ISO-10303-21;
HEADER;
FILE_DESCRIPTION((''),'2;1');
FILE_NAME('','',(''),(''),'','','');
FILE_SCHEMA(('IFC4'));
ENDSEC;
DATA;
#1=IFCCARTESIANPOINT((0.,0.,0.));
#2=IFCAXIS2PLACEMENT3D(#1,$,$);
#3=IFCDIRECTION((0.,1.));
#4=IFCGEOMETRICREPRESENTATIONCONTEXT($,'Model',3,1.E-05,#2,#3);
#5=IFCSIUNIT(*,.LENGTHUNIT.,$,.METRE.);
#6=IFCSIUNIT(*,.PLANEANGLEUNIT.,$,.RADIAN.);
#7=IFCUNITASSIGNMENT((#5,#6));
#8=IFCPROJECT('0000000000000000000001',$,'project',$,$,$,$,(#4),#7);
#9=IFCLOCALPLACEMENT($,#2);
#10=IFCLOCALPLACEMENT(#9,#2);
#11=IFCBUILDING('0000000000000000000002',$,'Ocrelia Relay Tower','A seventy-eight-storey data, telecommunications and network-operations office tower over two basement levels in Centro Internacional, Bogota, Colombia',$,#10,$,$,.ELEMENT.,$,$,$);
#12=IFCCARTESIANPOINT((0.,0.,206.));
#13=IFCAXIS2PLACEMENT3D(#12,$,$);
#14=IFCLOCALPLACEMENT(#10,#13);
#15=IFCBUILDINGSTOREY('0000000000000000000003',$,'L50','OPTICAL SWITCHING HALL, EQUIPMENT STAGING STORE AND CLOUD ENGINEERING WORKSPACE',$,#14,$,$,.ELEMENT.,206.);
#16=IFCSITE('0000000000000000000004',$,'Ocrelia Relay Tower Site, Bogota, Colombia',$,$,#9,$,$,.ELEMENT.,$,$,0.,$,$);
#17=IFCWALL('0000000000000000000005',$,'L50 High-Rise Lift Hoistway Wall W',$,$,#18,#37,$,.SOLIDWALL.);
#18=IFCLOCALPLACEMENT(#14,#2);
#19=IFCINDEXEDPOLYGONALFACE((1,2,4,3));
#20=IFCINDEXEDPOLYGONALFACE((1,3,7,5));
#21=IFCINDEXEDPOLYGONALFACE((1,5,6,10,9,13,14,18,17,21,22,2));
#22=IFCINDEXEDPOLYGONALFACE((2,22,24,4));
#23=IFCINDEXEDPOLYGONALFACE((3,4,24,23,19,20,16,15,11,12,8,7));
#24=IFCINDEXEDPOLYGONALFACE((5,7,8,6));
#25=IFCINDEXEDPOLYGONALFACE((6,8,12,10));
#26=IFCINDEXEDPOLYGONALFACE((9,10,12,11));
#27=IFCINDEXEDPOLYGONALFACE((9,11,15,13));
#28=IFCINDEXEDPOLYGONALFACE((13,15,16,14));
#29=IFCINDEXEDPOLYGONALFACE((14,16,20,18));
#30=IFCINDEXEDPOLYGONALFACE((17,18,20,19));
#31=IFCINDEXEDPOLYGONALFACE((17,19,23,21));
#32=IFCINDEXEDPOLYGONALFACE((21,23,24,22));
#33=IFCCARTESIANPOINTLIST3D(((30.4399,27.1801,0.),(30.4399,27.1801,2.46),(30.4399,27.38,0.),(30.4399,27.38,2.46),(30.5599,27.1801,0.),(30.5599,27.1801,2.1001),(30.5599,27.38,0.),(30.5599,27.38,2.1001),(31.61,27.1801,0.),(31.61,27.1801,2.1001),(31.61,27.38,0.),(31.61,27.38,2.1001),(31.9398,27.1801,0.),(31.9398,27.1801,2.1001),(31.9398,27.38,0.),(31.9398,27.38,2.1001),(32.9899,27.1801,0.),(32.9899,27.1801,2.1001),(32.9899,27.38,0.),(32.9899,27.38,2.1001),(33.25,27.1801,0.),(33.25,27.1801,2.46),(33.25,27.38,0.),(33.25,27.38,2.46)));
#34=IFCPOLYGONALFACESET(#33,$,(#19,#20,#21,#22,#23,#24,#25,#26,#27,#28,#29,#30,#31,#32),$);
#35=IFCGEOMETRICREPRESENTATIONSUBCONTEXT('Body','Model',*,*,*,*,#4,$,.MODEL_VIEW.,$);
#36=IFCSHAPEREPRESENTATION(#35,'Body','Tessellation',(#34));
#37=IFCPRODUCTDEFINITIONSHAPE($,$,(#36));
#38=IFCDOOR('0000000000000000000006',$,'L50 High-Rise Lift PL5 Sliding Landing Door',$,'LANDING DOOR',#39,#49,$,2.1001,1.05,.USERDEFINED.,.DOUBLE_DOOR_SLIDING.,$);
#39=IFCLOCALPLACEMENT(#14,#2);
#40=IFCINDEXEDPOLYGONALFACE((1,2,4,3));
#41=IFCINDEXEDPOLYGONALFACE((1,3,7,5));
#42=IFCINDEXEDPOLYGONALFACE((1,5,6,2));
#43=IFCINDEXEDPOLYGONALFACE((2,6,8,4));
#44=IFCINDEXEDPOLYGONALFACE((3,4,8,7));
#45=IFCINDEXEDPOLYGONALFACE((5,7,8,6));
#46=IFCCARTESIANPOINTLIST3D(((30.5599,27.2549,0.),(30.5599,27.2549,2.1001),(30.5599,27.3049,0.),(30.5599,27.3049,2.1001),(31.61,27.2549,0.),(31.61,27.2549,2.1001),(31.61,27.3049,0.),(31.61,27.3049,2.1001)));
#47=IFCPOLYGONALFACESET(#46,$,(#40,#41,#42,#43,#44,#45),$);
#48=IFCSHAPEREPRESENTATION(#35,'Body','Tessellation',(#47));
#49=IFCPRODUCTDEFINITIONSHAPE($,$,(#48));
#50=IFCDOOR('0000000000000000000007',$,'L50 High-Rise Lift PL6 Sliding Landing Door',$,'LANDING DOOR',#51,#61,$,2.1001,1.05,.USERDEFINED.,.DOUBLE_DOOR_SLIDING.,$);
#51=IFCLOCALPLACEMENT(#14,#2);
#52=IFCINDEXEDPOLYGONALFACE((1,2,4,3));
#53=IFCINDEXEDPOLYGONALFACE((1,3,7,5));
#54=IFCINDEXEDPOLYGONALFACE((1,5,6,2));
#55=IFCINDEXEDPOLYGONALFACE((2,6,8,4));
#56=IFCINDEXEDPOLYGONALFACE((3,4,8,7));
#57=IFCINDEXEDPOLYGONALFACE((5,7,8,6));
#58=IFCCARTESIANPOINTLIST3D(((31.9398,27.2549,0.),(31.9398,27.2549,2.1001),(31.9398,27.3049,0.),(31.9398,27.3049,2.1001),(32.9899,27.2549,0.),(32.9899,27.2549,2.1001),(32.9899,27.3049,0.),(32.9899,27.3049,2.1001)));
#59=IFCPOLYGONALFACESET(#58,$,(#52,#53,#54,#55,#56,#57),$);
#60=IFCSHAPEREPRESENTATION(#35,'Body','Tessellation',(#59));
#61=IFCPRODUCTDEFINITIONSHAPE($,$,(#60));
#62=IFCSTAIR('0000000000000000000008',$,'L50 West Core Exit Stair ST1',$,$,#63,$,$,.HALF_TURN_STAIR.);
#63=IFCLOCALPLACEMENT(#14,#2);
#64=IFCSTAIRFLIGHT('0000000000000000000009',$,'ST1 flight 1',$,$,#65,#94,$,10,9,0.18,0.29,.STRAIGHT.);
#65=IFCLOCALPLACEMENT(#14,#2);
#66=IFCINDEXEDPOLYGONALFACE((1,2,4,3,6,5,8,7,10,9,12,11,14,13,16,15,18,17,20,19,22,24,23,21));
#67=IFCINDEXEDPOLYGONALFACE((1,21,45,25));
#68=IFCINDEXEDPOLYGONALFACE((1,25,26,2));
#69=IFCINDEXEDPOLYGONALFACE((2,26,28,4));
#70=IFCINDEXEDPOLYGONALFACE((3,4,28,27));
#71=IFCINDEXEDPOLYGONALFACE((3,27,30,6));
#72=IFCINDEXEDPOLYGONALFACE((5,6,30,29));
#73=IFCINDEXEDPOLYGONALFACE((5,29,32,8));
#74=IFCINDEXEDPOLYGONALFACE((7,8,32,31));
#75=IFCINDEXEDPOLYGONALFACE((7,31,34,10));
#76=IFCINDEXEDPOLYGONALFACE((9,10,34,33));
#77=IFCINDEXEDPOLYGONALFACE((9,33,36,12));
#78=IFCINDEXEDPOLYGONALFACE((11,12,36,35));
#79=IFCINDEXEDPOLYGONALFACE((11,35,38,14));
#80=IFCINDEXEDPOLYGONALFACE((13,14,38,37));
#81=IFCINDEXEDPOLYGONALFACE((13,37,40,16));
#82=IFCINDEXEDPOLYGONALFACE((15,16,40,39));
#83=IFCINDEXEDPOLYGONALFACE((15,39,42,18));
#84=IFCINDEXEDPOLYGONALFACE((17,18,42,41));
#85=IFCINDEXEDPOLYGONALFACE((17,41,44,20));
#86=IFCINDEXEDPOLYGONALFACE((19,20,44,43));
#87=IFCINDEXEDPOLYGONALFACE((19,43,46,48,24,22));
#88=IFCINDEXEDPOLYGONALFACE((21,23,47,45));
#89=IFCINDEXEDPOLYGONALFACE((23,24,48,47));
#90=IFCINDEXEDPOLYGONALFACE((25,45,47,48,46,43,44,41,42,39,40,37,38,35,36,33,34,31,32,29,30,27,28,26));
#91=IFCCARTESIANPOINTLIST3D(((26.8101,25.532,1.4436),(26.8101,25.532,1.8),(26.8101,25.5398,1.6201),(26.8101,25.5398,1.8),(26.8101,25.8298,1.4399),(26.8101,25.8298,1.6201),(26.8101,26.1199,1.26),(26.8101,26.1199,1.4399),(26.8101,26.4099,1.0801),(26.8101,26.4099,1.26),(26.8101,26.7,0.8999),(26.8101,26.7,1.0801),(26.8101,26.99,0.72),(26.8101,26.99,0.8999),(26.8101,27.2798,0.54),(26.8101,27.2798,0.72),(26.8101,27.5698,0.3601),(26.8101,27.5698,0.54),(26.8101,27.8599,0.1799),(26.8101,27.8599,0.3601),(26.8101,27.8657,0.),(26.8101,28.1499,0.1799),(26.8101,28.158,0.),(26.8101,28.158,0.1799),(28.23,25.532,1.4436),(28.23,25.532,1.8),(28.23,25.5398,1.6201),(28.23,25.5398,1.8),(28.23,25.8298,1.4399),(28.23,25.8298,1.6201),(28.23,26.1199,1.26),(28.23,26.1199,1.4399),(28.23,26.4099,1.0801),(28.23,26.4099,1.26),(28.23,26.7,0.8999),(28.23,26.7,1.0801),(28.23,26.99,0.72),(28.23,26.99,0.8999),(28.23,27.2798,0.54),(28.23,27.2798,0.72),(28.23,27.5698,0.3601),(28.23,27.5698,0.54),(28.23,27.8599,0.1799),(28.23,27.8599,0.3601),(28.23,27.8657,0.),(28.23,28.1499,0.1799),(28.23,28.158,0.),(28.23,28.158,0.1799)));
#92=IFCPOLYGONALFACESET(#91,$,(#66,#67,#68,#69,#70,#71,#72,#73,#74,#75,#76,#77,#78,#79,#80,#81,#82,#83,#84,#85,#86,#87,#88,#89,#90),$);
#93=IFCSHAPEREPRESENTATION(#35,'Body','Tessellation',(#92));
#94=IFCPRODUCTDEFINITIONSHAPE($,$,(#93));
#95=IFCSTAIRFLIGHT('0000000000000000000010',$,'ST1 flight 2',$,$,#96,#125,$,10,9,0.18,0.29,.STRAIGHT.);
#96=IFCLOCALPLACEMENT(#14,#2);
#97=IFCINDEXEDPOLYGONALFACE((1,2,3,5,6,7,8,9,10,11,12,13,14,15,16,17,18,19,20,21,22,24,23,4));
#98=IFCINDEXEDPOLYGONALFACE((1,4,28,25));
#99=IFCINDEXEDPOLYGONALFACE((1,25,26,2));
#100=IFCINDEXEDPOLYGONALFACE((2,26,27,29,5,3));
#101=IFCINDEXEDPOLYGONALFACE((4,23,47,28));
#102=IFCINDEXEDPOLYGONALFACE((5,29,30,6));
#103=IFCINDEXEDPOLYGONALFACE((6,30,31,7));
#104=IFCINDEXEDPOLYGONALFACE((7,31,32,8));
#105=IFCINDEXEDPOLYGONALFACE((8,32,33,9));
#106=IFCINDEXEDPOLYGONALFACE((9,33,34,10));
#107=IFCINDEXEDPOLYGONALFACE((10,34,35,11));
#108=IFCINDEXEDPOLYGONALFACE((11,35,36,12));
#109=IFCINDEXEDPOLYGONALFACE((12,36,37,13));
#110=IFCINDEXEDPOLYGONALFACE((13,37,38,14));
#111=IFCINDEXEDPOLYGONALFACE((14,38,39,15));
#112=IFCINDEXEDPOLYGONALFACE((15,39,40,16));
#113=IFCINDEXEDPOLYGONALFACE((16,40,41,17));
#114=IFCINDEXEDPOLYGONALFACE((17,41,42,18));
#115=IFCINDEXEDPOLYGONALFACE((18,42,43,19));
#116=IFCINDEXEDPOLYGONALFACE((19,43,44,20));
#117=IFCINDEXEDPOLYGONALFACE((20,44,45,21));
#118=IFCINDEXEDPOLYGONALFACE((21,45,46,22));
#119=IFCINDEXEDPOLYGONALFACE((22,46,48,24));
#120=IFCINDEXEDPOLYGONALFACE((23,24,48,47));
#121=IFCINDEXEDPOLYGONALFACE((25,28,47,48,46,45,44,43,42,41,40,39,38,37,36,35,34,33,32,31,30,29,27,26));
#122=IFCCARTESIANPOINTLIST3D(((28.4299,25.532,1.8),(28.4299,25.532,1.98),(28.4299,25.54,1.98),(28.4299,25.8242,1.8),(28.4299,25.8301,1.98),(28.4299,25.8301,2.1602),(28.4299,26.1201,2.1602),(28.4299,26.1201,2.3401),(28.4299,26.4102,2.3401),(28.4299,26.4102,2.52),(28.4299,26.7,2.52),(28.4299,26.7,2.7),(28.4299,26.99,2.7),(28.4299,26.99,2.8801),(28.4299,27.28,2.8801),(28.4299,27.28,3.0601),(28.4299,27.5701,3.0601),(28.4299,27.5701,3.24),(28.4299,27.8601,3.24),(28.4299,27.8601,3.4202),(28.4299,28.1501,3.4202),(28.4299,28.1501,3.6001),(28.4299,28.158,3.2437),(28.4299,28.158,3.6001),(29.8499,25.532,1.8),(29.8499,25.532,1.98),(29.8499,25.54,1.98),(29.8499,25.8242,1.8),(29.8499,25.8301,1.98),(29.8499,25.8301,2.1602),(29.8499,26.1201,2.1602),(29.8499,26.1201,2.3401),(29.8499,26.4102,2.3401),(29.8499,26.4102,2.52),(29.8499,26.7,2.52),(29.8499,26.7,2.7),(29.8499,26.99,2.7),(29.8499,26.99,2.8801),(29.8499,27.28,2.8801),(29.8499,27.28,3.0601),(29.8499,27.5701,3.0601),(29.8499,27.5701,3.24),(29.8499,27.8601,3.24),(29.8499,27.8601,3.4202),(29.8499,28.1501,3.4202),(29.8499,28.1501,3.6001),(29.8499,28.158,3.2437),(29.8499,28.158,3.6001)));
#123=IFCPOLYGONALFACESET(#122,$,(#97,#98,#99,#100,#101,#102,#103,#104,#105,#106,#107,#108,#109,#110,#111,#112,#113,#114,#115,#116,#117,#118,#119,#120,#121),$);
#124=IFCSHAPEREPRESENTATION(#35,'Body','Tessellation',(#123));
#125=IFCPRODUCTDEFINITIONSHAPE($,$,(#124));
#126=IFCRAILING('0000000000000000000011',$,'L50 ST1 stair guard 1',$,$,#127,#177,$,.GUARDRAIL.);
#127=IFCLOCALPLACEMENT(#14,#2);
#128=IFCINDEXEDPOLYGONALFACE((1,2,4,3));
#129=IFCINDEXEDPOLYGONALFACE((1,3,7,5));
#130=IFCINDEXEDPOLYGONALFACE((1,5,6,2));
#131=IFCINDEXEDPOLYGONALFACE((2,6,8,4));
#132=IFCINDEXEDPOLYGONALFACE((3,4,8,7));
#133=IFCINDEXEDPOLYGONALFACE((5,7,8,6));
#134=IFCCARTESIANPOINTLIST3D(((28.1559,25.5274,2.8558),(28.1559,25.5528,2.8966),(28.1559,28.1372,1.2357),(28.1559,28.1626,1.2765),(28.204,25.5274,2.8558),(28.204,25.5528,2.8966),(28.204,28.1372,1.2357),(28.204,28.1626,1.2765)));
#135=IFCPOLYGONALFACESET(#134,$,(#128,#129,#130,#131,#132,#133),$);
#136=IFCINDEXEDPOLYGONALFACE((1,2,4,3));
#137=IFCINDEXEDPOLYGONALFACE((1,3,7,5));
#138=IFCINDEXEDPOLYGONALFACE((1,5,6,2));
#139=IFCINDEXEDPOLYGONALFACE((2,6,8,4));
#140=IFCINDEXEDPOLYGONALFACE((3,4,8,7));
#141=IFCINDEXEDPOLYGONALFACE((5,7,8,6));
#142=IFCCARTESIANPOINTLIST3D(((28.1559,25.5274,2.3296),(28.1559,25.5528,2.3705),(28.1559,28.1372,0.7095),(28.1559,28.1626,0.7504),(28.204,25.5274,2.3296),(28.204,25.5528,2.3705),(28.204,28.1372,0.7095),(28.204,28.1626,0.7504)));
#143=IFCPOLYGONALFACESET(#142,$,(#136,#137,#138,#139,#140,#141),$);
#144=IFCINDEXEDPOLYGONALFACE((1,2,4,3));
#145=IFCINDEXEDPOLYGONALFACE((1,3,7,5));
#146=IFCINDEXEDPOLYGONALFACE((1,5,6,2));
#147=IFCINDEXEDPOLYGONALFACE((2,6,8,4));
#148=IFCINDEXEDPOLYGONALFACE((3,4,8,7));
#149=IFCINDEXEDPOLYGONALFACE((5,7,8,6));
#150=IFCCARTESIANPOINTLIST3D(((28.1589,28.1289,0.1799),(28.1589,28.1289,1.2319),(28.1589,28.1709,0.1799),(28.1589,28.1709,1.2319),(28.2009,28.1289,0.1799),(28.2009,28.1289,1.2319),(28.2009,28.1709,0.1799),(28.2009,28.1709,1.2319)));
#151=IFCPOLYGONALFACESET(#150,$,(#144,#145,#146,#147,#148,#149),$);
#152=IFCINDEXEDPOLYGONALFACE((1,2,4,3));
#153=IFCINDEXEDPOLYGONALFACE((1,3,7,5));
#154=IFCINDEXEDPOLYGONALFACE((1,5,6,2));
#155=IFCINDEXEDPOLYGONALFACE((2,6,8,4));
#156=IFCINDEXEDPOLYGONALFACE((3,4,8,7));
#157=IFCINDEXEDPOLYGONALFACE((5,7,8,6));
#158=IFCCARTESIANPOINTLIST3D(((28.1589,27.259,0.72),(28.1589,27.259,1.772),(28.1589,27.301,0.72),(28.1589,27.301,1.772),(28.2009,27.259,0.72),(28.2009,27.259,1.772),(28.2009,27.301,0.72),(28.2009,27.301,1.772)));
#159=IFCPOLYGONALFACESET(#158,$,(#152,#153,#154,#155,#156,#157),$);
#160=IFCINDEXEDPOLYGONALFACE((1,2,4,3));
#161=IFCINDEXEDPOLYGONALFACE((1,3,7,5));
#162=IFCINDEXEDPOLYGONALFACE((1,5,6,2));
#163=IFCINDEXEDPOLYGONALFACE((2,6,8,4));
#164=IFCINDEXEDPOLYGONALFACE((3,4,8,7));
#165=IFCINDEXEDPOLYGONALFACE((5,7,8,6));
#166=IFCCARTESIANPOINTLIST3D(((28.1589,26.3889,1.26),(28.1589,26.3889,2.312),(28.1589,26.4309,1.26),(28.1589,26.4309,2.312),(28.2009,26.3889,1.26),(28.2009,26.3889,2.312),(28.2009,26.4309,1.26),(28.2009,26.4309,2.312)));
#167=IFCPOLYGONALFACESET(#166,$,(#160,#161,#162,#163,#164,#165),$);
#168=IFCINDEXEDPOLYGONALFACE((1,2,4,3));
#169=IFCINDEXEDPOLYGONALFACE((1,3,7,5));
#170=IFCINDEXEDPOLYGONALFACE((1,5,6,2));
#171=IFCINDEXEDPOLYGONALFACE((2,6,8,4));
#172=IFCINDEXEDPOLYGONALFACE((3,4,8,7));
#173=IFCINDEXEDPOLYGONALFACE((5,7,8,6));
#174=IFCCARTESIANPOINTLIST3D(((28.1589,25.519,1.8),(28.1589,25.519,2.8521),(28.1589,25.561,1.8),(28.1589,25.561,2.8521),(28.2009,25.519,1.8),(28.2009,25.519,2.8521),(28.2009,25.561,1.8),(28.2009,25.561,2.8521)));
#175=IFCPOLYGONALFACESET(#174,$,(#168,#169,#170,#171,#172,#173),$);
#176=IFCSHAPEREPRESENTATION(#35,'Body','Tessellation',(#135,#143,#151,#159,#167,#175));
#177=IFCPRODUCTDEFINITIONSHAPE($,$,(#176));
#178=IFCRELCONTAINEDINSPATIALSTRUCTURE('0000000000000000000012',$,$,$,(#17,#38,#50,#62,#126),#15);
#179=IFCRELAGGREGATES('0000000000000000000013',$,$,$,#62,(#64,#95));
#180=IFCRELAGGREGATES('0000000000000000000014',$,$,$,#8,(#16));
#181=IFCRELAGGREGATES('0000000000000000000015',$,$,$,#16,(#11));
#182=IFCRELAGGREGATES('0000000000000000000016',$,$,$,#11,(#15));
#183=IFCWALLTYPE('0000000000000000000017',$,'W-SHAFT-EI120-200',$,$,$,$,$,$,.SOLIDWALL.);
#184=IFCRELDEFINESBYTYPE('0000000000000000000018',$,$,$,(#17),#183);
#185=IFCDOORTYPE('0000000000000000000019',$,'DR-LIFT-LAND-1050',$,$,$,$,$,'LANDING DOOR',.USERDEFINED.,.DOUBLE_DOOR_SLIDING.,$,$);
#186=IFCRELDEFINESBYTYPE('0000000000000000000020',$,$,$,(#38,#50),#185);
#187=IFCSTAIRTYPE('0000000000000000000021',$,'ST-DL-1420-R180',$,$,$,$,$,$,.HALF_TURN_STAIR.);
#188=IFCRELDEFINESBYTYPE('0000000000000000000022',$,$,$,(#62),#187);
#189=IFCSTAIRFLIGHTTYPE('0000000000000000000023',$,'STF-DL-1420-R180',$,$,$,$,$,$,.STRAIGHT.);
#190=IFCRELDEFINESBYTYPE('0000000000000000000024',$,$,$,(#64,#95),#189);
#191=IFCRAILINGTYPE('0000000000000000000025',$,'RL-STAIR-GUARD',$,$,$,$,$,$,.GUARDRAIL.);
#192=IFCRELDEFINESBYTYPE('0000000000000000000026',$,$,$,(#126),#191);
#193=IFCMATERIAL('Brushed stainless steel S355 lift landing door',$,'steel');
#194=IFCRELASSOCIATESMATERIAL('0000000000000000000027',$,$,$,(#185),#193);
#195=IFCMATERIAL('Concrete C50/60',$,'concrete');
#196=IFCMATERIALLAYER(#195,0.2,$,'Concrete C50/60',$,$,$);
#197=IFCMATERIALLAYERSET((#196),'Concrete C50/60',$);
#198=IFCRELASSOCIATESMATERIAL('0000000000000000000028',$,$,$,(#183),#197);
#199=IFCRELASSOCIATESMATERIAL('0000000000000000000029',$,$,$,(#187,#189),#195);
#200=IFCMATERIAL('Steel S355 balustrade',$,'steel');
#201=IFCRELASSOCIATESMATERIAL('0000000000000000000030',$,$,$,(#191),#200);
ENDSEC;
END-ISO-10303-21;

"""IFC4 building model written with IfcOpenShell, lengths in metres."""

from ifc_helpers import new_model, si_unit, direction, frame, frame_2d, origin, origin_2d, place, context, subcontext, project, spatial, polyline, rectangle, outline, extrude, material, layer, layer_set, type_object, element, fill, aggregate, save


model = new_model("IFC4")

# Units and contexts
model_context = context("Model", 3, precision=1e-05, world=origin(), true_north=direction((0.0, 1.0)))
body_context = subcontext(model_context, "Body", "Model", "MODEL_VIEW")
ifc_project = project(units=[si_unit("LENGTHUNIT", "METRE"), si_unit("PLANEANGLEUNIT", "RADIAN")], contexts=[model_context])

# Site, building, storey
site_placement = place(None, origin())
site = spatial("IfcSite", under=ifc_project, at=site_placement, Name="Ocrelia Relay Tower Site, Bogota, Colombia", CompositionType="ELEMENT", RefElevation=0.0)
building_placement = place(site_placement, origin())
building = spatial("IfcBuilding", under=site, at=building_placement, Name="Ocrelia Relay Tower", Description="A seventy-eight-storey data, telecommunications and network-operations office tower over two basement levels in Centro Internacional, Bogota, Colombia", CompositionType="ELEMENT")
storey_placement = place(building_placement, frame((0.0, 0.0, 206.0)))
storey = spatial("IfcBuildingStorey", under=building, at=storey_placement, Name="L50", Description="OPTICAL SWITCHING HALL, EQUIPMENT STAGING STORE AND CLOUD ENGINEERING WORKSPACE", CompositionType="ELEMENT", Elevation=206.0)

# Shared definitions
ifc_material_1 = material(Name="Concrete C50/60", Category="concrete")

# Shared definitions
ifc_material_2 = material(Name="Brushed stainless steel S355 lift landing door", Category="steel")
door_type_1 = type_object("IfcDoorType", Name="DR-LIFT-LAND-1050", ElementType="LANDING DOOR", OperationType="DOUBLE_DOOR_SLIDING", PredefinedType="USERDEFINED", material=ifc_material_2)

# Shared definitions
ifc_layer_1 = layer(ifc_material_1, 0.2, Name="Concrete C50/60")
ifc_layer_set_1 = layer_set([ifc_layer_1], Name="Concrete C50/60")
wall_type_1 = type_object("IfcWallType", Name="W-SHAFT-EI120-200", PredefinedType="SOLIDWALL", material=ifc_layer_set_1)

# Wall, openings, doors
wall_1_placement = place(storey_placement, frame((30.4399, 27.28, 0.0), z_axis=(0.0, 0.0, 1.0), x_axis=(1.0, 0.0, 0.0)))
wall_1 = element("IfcWall", 1, at=wall_1_placement, inside=storey, type_object=wall_type_1, Name="L50 High-Rise Lift Hoistway Wall W", PredefinedType="SOLIDWALL", context=body_context, shape_type="SweptSolid", body=[
    extrude(rectangle(XDim=2.8101, YDim=0.2, at=frame_2d((1.405, 0.0))), origin(), (0.0, 0.0, 1.0), 2.46),
])
opening_1_placement = place(wall_1_placement, frame((0.1201, 0.0, 0.0)))
opening_1 = element("IfcOpeningElement", 2, at=opening_1_placement, cuts=wall_1, PredefinedType="OPENING", context=body_context, shape_type="SweptSolid", body=[
    extrude(rectangle(XDim=1.05, YDim=2.1001, at=frame_2d((0.5249, 1.05))), frame((0.0, 0.1099, 0.0), z_axis=(0.0, -1.0, 0.0), x_axis=(1.0, 0.0, 0.0)), (0.0, 0.0, 1.0), 0.22),
])
opening_2_placement = place(wall_1_placement, frame((1.5, 0.0, 0.0)))
opening_2 = element("IfcOpeningElement", 3, at=opening_2_placement, cuts=wall_1, PredefinedType="OPENING", context=body_context, shape_type="SweptSolid", body=[
    extrude(rectangle(XDim=1.05, YDim=2.1001, at=frame_2d((0.5249, 1.05))), frame((0.0, 0.1099, 0.0), z_axis=(0.0, -1.0, 0.0), x_axis=(1.0, 0.0, 0.0)), (0.0, 0.0, 1.0), 0.22),
])
door_1_placement = place(opening_1_placement, origin())
door_1 = element("IfcDoor", 4, at=door_1_placement, inside=storey, type_object=door_type_1, Name="L50 High-Rise Lift PL5 Sliding Landing Door", ObjectType="LANDING DOOR", OperationType="DOUBLE_DOOR_SLIDING", OverallHeight=2.1001, OverallWidth=1.05, PredefinedType="USERDEFINED", context=body_context, shape_type="SweptSolid", body=[
    extrude(rectangle(XDim=1.05, YDim=2.1001, at=frame_2d((0.5249, 1.05))), frame((0.0, 0.0249, 0.0), z_axis=(0.0, -1.0, 0.0), x_axis=(1.0, 0.0, 0.0)), (0.0, 0.0, 1.0), 0.05),
])
fill(opening_1, door_1)
door_2_placement = place(opening_2_placement, origin())
door_2 = element("IfcDoor", 5, at=door_2_placement, inside=storey, type_object=door_type_1, Name="L50 High-Rise Lift PL6 Sliding Landing Door", ObjectType="LANDING DOOR", OperationType="DOUBLE_DOOR_SLIDING", OverallHeight=2.1001, OverallWidth=1.05, PredefinedType="USERDEFINED", context=body_context, shape_type="SweptSolid", body=[
    extrude(rectangle(XDim=1.05, YDim=2.1001, at=frame_2d((0.5249, 1.05))), frame((0.0, 0.0249, 0.0), z_axis=(0.0, -1.0, 0.0), x_axis=(1.0, 0.0, 0.0)), (0.0, 0.0, 1.0), 0.05),
])
fill(opening_2, door_2)

# Stair, stair flights
stair_type = type_object("IfcStairType", Name="ST-DL-1420-R180", PredefinedType="HALF_TURN_STAIR", material=ifc_material_1)
stair_placement = place(storey_placement, origin())
stair = element("IfcStair", 6, at=stair_placement, inside=storey, type_object=stair_type, Name="L50 West Core Exit Stair ST1", PredefinedType="HALF_TURN_STAIR")
stair_flight_type = type_object("IfcStairFlightType", Name="STF-DL-1420-R180", PredefinedType="STRAIGHT", material=ifc_material_1)
stair_flight_1_placement = place(storey_placement, frame((27.52, 28.1499, 0.0), z_axis=(0.0, 0.0, 1.0), x_axis=(0.0, -1.0, 0.0)))
stair_flight_1 = element("IfcStairFlight", 7, at=stair_flight_1_placement, type_object=stair_flight_type, Name="ST1 flight 1", NumberOfRisers=10, NumberOfTreads=9, PredefinedType="STRAIGHT", RiserHeight=0.18, TreadLength=0.29, context=body_context, shape_type="SweptSolid", body=[
    extrude(outline(polyline([(-0.0081, 0.0), (-0.0081, 0.1799), (0.0, 0.1799), (0.29, 0.1799), (0.29, 0.3601), (0.5801, 0.3601), (0.5801, 0.54), (0.8701, 0.54), (0.8701, 0.72), (1.1599, 0.72), (1.1599, 0.8999), (1.45, 0.8999), (1.45, 1.0801), (1.74, 1.0801), (1.74, 1.26), (2.03, 1.26), (2.03, 1.4399), (2.3201, 1.4399), (2.3201, 1.6201), (2.6101, 1.6201), (2.6101, 1.8), (2.6179, 1.8), (2.6179, 1.4436), (0.2842, 0.0), (-0.0081, 0.0)])), frame((0.0, 0.71, 0.0), z_axis=(0.0, -1.0, 0.0), x_axis=(1.0, 0.0, 0.0)), (0.0, 0.0, 1.0), 1.4199),
])
stair_flight_2_placement = place(storey_placement, frame((29.1399, 25.54, 1.8), z_axis=(0.0, 0.0, 1.0), x_axis=(0.0, 1.0, 0.0)))
stair_flight_2 = element("IfcStairFlight", 8, at=stair_flight_2_placement, type_object=stair_flight_type, Name="ST1 flight 2", NumberOfRisers=10, NumberOfTreads=9, PredefinedType="STRAIGHT", RiserHeight=0.18, TreadLength=0.29, context=body_context, shape_type="SweptSolid", body=[
    extrude(outline(polyline([(-0.0081, 0.0), (-0.0081, 0.1799), (0.0, 0.1799), (0.29, 0.1799), (0.29, 0.3601), (0.5801, 0.3601), (0.5801, 0.54), (0.8701, 0.54), (0.8701, 0.72), (1.1599, 0.72), (1.1599, 0.8999), (1.45, 0.8999), (1.45, 1.0801), (1.74, 1.0801), (1.74, 1.26), (2.03, 1.26), (2.03, 1.4399), (2.3201, 1.4399), (2.3201, 1.6201), (2.6101, 1.6201), (2.6101, 1.8), (2.6179, 1.8), (2.6179, 1.4436), (0.2842, 0.0), (-0.0081, 0.0)])), frame((0.0, 0.71, 0.0), z_axis=(0.0, -1.0, 0.0), x_axis=(1.0, 0.0, 0.0)), (0.0, 0.0, 1.0), 1.4199),
])
aggregate(stair, [stair_flight_1, stair_flight_2])

# Railing
ifc_material_3 = material(Name="Steel S355 balustrade", Category="steel")
railing_type_1 = type_object("IfcRailingType", Name="RL-STAIR-GUARD", PredefinedType="GUARDRAIL", material=ifc_material_3)
railing_1_placement = place(storey_placement, frame((28.1799, 28.1499, 0.1799)))
element("IfcRailing", 9, at=railing_1_placement, inside=storey, type_object=railing_type_1, Name="L50 ST1 stair guard 1", PredefinedType="GUARDRAIL", context=body_context, shape_type="SweptSolid", body=[
    extrude(rectangle(XDim=0.0481, YDim=0.0481, at=origin_2d()), frame((0.0, 0.0, 1.0762), z_axis=(0.0, -0.849611, 0.52741), x_axis=(1.0, 0.0, 0.0)), (0.0, 0.0, 1.0), 3.0718),
    extrude(rectangle(XDim=0.0481, YDim=0.0481, at=origin_2d()), frame((0.0, 0.0, 0.55), z_axis=(0.0, -0.849611, 0.52741), x_axis=(1.0, 0.0, 0.0)), (0.0, 0.0, 1.0), 3.0718),
    extrude(rectangle(XDim=0.042, YDim=0.042, at=origin_2d()), origin(), (0.0, 0.0, 1.0), 1.052),
    extrude(rectangle(XDim=0.042, YDim=0.042, at=origin_2d()), frame((0.0, -0.8699, 0.54)), (0.0, 0.0, 1.0), 1.052),
    extrude(rectangle(XDim=0.042, YDim=0.042, at=origin_2d()), frame((0.0, -1.74, 1.0801)), (0.0, 0.0, 1.0), 1.052),
    extrude(rectangle(XDim=0.042, YDim=0.042, at=origin_2d()), frame((0.0, -2.6099, 1.6201)), (0.0, 0.0, 1.0), 1.052),
])

save(model, "model.ifc")
